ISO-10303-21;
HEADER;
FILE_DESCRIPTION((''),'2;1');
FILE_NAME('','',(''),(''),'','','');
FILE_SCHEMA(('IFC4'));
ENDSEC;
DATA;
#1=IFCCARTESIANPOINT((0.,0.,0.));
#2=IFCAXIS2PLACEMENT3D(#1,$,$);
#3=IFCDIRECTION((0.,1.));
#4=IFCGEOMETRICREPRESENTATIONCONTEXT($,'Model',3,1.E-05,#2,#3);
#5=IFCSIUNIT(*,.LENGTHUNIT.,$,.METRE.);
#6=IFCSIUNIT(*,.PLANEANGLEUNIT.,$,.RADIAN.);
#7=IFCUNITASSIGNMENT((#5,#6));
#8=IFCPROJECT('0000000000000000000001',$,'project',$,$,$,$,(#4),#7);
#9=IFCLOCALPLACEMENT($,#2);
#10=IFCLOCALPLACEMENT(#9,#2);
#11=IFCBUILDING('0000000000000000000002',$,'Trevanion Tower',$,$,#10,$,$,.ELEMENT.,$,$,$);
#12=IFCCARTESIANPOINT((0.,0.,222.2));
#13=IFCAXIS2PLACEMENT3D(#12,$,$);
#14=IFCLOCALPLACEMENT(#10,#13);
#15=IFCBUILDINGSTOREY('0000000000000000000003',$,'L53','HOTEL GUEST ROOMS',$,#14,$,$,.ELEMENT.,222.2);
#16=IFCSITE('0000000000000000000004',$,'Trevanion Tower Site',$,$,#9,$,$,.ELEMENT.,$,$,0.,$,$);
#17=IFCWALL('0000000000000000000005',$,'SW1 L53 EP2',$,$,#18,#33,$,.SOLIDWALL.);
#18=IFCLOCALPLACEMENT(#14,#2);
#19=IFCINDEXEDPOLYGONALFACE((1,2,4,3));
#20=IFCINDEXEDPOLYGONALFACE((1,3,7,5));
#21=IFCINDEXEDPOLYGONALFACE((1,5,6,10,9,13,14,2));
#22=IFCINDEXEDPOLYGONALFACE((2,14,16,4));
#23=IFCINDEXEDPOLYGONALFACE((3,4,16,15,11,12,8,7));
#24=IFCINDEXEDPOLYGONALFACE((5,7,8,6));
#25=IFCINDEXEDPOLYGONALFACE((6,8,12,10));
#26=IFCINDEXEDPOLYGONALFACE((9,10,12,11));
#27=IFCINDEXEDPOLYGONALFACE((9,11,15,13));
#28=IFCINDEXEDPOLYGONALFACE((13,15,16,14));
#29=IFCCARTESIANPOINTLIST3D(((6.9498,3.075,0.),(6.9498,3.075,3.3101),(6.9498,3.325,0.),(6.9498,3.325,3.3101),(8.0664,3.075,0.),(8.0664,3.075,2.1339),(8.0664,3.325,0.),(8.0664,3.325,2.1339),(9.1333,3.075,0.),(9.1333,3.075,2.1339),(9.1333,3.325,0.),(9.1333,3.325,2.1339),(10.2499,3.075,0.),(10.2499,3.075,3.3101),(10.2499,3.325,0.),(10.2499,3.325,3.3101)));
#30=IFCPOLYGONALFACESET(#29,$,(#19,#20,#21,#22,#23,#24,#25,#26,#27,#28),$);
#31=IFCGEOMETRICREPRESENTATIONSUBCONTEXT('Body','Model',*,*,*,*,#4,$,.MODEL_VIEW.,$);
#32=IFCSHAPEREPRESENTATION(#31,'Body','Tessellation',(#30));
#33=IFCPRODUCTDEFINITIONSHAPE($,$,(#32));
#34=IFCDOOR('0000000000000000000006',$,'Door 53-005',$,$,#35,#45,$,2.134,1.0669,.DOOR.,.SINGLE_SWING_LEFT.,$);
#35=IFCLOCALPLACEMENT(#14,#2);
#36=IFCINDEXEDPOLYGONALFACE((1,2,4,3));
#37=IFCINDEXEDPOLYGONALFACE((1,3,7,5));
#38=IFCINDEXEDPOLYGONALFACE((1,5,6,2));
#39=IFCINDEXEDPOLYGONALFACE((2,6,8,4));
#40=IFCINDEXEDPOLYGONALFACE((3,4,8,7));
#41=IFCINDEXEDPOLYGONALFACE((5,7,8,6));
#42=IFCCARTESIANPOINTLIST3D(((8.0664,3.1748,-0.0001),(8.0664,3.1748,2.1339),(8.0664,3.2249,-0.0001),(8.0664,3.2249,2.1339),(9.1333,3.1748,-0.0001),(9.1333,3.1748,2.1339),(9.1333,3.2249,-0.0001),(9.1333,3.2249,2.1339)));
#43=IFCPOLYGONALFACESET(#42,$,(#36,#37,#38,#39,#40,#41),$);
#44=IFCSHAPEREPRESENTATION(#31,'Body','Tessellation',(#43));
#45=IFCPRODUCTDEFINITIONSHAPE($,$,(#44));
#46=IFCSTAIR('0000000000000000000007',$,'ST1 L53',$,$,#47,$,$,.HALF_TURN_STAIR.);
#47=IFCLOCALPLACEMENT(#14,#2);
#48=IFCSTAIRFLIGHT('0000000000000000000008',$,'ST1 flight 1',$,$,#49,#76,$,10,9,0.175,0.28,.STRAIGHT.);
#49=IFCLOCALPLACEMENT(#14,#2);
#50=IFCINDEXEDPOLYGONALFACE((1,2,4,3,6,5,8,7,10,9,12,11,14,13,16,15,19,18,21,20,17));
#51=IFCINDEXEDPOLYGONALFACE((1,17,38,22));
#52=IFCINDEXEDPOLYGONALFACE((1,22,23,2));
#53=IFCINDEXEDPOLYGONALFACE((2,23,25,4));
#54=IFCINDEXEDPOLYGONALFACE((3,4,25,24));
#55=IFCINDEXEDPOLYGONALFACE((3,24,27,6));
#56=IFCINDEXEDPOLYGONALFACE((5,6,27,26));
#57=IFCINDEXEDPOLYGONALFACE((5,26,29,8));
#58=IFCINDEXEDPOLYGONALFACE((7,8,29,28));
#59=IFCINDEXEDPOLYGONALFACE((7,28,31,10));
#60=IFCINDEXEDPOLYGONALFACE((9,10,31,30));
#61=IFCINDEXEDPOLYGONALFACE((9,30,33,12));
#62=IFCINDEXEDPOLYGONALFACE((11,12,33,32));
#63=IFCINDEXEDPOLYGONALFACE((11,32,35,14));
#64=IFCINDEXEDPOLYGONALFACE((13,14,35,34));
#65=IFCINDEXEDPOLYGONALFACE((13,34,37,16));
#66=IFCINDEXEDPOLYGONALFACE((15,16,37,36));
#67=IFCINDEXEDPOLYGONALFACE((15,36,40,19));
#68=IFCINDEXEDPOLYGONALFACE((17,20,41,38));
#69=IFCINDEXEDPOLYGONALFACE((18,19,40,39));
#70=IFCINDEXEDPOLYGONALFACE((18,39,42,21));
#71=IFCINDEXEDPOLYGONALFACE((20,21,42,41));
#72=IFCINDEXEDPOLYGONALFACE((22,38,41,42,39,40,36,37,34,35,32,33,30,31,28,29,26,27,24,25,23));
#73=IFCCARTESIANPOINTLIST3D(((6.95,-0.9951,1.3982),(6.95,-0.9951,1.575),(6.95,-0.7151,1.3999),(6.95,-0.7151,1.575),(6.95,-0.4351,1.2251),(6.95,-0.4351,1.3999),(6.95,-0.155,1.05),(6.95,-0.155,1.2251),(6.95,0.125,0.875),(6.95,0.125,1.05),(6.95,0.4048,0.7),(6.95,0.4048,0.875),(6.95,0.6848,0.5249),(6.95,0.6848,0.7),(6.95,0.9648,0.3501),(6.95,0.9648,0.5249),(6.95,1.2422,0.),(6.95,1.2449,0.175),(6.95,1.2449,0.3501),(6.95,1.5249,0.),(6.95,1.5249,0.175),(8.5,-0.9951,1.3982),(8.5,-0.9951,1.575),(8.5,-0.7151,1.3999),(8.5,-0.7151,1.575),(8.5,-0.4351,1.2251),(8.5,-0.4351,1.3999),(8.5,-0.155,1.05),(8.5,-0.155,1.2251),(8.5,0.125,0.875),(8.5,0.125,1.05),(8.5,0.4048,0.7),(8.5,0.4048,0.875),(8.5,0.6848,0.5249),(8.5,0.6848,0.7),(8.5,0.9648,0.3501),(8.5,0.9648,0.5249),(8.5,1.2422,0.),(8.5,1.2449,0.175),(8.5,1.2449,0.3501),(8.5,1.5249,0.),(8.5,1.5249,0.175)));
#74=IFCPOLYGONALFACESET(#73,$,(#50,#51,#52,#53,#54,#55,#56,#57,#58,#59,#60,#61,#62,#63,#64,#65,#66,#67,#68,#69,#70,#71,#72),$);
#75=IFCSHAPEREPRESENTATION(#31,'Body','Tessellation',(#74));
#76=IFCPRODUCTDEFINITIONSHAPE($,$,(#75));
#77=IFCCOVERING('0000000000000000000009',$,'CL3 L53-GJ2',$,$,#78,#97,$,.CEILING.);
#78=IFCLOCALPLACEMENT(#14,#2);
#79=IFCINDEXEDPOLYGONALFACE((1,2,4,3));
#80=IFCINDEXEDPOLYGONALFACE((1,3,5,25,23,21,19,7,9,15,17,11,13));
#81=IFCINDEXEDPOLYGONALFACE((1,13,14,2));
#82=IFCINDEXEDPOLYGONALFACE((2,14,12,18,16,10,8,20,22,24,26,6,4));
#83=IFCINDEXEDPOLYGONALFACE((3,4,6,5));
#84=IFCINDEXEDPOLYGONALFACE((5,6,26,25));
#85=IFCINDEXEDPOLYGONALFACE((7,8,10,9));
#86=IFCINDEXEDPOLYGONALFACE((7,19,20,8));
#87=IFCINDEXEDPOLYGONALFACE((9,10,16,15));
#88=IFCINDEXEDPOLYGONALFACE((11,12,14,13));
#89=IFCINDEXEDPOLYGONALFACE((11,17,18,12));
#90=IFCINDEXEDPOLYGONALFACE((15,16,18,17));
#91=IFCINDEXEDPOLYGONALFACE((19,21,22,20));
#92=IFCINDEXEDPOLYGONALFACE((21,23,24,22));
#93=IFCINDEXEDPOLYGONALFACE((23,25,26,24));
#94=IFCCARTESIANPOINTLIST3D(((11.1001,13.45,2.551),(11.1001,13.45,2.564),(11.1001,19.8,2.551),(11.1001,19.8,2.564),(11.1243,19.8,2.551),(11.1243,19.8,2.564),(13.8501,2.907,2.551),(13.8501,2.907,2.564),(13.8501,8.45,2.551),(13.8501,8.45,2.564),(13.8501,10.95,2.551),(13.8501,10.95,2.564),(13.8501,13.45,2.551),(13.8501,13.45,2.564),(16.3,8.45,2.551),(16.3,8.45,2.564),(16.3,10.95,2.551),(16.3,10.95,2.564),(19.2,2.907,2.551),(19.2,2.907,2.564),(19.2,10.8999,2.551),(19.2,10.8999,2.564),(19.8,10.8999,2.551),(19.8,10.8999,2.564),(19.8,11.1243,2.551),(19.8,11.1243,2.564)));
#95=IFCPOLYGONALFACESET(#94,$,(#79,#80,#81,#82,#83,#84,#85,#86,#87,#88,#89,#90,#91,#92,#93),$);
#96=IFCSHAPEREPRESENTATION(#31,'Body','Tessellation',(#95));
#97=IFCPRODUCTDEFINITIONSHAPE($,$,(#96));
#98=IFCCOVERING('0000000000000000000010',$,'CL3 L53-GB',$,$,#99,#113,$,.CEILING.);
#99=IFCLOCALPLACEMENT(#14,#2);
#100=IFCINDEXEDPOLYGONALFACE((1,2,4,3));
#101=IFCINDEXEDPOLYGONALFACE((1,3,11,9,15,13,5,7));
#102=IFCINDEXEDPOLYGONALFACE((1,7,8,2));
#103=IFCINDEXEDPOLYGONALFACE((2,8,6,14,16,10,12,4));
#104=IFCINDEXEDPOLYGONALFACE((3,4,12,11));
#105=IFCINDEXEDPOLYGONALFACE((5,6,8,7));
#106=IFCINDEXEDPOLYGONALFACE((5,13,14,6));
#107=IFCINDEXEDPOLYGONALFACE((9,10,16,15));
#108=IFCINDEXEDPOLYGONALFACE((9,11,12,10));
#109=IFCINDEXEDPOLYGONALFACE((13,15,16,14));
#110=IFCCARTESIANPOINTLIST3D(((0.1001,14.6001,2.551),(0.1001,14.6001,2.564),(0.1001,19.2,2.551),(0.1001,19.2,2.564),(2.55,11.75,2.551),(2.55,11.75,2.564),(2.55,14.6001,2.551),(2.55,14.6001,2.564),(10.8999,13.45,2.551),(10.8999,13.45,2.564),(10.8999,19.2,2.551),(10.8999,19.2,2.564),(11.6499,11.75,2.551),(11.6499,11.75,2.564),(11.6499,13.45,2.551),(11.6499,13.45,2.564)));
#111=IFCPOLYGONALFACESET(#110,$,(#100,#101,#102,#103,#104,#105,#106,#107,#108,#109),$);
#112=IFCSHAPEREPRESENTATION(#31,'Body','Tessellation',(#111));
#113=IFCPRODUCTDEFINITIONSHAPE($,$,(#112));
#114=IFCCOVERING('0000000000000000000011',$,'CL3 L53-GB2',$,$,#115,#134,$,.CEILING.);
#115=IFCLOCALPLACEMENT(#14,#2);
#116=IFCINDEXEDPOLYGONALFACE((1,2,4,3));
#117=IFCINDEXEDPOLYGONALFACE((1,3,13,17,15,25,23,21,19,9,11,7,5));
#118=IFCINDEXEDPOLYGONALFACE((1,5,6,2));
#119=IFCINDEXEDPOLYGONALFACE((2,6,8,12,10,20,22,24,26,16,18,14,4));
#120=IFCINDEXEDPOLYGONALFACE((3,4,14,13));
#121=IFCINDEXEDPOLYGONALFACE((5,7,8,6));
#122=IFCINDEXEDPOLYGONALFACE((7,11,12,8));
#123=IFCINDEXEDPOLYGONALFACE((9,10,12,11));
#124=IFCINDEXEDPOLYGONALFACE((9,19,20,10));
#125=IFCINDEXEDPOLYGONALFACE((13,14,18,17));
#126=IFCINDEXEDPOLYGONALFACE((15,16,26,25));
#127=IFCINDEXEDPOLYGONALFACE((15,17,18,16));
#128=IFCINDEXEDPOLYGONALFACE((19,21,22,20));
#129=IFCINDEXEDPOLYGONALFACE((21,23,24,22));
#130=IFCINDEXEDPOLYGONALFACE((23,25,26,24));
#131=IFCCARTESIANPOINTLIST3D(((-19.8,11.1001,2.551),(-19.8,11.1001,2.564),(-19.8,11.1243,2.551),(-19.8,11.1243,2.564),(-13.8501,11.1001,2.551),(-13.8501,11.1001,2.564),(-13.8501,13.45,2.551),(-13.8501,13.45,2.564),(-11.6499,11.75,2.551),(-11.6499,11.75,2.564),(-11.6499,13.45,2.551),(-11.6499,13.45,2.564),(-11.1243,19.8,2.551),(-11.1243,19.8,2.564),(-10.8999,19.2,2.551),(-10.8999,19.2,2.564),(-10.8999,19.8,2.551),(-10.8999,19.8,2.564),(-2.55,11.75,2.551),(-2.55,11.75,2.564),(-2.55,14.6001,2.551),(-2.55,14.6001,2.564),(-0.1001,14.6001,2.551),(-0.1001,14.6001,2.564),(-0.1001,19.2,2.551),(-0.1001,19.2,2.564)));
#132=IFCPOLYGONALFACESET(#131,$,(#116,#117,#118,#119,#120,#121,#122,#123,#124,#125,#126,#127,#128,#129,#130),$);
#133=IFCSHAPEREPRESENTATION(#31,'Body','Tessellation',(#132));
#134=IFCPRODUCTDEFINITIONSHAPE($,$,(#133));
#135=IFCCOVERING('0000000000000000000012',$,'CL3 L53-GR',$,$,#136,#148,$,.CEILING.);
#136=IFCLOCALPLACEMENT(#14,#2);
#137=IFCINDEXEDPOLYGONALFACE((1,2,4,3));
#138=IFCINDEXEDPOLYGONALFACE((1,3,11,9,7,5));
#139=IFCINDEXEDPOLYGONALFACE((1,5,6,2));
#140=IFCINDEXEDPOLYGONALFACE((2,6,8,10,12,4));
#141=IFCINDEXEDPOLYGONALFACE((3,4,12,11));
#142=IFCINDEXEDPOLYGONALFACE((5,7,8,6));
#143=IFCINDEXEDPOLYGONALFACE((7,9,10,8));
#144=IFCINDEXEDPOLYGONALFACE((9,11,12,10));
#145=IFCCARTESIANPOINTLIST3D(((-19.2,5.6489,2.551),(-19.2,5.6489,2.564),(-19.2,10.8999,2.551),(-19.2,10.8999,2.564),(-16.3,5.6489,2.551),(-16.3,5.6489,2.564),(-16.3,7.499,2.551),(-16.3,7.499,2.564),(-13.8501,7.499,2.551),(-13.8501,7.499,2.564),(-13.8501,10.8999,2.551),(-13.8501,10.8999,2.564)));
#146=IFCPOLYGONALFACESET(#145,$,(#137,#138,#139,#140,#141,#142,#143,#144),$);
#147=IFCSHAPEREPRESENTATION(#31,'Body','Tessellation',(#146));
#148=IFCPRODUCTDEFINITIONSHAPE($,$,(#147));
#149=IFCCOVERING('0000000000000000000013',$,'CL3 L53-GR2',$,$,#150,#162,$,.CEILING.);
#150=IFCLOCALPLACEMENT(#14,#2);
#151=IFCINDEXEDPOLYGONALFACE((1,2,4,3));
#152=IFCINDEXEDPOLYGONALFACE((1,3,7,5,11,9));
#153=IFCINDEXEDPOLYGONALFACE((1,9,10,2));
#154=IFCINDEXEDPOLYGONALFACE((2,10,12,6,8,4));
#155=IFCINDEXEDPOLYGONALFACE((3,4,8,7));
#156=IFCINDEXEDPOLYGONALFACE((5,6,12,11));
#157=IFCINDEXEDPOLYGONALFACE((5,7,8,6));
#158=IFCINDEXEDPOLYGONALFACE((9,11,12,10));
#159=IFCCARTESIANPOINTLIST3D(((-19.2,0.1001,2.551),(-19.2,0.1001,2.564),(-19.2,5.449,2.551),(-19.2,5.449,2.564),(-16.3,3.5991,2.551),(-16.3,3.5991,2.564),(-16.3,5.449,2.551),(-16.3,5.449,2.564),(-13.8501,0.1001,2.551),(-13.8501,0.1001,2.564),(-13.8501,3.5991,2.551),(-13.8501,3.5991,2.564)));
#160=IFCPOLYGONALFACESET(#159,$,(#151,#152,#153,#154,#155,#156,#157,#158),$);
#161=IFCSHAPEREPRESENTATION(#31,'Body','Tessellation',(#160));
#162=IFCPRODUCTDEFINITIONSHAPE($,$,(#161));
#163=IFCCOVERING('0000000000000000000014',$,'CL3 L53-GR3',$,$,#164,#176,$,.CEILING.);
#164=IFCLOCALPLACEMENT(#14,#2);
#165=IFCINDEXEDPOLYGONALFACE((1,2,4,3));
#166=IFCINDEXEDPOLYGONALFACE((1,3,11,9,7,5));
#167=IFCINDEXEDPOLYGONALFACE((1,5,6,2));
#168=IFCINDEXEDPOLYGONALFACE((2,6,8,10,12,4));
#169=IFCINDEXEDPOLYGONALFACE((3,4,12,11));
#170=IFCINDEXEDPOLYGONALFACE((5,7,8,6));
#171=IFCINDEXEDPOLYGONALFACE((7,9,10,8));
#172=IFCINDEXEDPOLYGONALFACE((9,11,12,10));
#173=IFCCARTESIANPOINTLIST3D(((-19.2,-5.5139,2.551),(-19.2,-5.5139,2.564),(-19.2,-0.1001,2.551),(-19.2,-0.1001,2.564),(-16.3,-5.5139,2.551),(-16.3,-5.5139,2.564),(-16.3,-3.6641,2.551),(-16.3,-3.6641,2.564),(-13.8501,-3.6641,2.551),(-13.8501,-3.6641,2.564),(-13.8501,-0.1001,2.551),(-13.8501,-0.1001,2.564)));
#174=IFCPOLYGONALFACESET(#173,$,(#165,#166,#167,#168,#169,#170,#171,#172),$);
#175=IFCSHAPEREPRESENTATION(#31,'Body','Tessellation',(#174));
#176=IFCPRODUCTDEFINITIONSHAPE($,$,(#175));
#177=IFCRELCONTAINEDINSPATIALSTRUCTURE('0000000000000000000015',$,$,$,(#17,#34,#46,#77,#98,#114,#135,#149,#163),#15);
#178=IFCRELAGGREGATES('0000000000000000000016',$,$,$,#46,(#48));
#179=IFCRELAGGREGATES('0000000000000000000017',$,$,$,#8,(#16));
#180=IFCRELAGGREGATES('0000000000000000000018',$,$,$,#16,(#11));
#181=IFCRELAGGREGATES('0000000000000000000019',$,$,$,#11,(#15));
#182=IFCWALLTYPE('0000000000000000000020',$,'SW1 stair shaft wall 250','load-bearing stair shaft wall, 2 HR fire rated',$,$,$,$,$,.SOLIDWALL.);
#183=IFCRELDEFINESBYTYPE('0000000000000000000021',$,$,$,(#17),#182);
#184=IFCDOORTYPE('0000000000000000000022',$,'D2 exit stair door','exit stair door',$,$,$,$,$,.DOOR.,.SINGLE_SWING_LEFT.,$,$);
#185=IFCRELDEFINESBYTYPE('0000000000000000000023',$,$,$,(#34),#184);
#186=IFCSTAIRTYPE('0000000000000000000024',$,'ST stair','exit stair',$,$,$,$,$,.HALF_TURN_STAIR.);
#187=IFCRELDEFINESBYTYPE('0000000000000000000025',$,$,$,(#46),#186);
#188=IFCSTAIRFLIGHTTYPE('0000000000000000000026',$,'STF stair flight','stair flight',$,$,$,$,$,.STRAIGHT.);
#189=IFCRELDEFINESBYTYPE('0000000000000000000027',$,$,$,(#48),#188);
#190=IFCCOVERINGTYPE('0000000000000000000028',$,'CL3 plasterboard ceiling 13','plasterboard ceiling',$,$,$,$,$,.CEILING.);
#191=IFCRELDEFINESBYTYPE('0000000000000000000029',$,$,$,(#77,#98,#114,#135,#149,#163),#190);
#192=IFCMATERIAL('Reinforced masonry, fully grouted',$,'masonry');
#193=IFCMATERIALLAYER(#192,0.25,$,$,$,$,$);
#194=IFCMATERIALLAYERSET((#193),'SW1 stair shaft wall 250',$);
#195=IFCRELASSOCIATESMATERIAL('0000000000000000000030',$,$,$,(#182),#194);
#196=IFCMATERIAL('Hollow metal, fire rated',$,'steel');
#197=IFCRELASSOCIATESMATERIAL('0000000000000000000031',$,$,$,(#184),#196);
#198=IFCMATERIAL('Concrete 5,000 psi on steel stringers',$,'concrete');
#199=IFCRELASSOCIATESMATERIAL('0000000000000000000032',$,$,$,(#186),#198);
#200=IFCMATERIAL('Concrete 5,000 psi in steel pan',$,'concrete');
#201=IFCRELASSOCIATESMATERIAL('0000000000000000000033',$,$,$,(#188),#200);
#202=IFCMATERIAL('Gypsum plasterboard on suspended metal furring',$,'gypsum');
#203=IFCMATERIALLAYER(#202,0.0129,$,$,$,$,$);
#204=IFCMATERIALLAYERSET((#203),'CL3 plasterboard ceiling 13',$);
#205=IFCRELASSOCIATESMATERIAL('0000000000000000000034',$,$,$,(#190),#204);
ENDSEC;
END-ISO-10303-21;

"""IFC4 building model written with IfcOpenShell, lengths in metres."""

from ifc_helpers import new_model, si_unit, direction, frame, frame_2d, origin, place, context, subcontext, project, spatial, polyline, rectangle, outline, extrude, material, layer, layer_set, type_object, element, fill, aggregate, save


model = new_model("IFC4")

# Units and contexts
model_context = context("Model", 3, precision=1e-05, world=origin(), true_north=direction((0.0, 1.0)))
body_context = subcontext(model_context, "Body", "Model", "MODEL_VIEW")
ifc_project = project(units=[si_unit("LENGTHUNIT", "METRE"), si_unit("PLANEANGLEUNIT", "RADIAN")], contexts=[model_context])

# Site, building, storey
site_placement = place(None, origin())
site = spatial("IfcSite", under=ifc_project, at=site_placement, Name="Trevanion Tower Site", CompositionType="ELEMENT", RefElevation=0.0)
building_placement = place(site_placement, origin())
building = spatial("IfcBuilding", under=site, at=building_placement, Name="Trevanion Tower", CompositionType="ELEMENT")
storey_placement = place(building_placement, frame((0.0, 0.0, 222.2)))
storey = spatial("IfcBuildingStorey", under=building, at=storey_placement, Name="L53", Description="HOTEL GUEST ROOMS", CompositionType="ELEMENT", Elevation=222.2)

# Wall, opening, door
ifc_material_1 = material(Name="Reinforced masonry, fully grouted", Category="masonry")
ifc_layer_1 = layer(ifc_material_1, 0.25)
ifc_layer_set_1 = layer_set([ifc_layer_1], Name="SW1 stair shaft wall 250")
wall_type_1 = type_object("IfcWallType", Name="SW1 stair shaft wall 250", Description="load-bearing stair shaft wall, 2 HR fire rated", PredefinedType="SOLIDWALL", material=ifc_layer_set_1)
wall_1_placement = place(storey_placement, frame((6.95, 3.2, 0.0), z_axis=(0.0, 0.0, 1.0), x_axis=(1.0, 0.0, 0.0)))
wall_1 = element("IfcWall", 1, at=wall_1_placement, inside=storey, type_object=wall_type_1, Name="SW1 L53 EP2", PredefinedType="SOLIDWALL", context=body_context, shape_type="SweptSolid", body=[
    extrude(rectangle(XDim=3.3, YDim=0.25, at=frame_2d((1.6499, 0.0))), origin(), (0.0, 0.0, 1.0), 3.3101),
])
opening_1_placement = place(wall_1_placement, frame((1.1165, 0.0, 0.0)))
opening_1 = element("IfcOpeningElement", 2, at=opening_1_placement, cuts=wall_1, PredefinedType="OPENING", context=body_context, shape_type="SweptSolid", body=[
    extrude(rectangle(XDim=1.0669, YDim=2.134, at=frame_2d((0.5334, 1.0669))), frame((0.0, 0.135, 0.0), z_axis=(0.0, -1.0, 0.0), x_axis=(1.0, 0.0, 0.0)), (0.0, 0.0, 1.0), 0.27),
])
ifc_material_2 = material(Name="Hollow metal, fire rated", Category="steel")
door_type_1 = type_object("IfcDoorType", Name="D2 exit stair door", Description="exit stair door", OperationType="SINGLE_SWING_LEFT", PredefinedType="DOOR", material=ifc_material_2)
door_1_placement = place(opening_1_placement, origin())
door_1 = element("IfcDoor", 3, at=door_1_placement, inside=storey, type_object=door_type_1, Name="Door 53-005", OperationType="SINGLE_SWING_LEFT", OverallHeight=2.134, OverallWidth=1.0669, PredefinedType="DOOR", context=body_context, shape_type="SweptSolid", body=[
    extrude(rectangle(XDim=1.0669, YDim=2.134, at=frame_2d((0.5334, 1.0669))), frame((0.0, 0.0249, 0.0), z_axis=(0.0, -1.0, 0.0), x_axis=(1.0, 0.0, 0.0)), (0.0, 0.0, 1.0), 0.05),
])
fill(opening_1, door_1)

# Stair, stair flight
ifc_material_3 = material(Name="Concrete 5,000 psi on steel stringers", Category="concrete")
stair_type = type_object("IfcStairType", Name="ST stair", Description="exit stair", PredefinedType="HALF_TURN_STAIR", material=ifc_material_3)
stair_placement = place(storey_placement, origin())
stair = element("IfcStair", 4, at=stair_placement, inside=storey, type_object=stair_type, Name="ST1 L53", PredefinedType="HALF_TURN_STAIR")
ifc_material_4 = material(Name="Concrete 5,000 psi in steel pan", Category="concrete")
stair_flight_type = type_object("IfcStairFlightType", Name="STF stair flight", Description="stair flight", PredefinedType="STRAIGHT", material=ifc_material_4)
stair_flight_placement = place(storey_placement, frame((7.7251, 1.5249, 0.0), z_axis=(0.0, 0.0, 1.0), x_axis=(0.0, -1.0, 0.0)))
stair_flight = element("IfcStairFlight", 5, at=stair_flight_placement, type_object=stair_flight_type, Name="ST1 flight 1", NumberOfRisers=10, NumberOfTreads=9, PredefinedType="STRAIGHT", RiserHeight=0.175, TreadLength=0.28, context=body_context, shape_type="SweptSolid", body=[
    extrude(outline(polyline([(0.0, 0.0), (0.0, 0.175), (0.28, 0.175), (0.28, 0.3501), (0.5601, 0.3501), (0.5601, 0.5249), (0.8401, 0.5249), (0.8401, 0.7), (1.1201, 0.7), (1.1201, 0.875), (1.3999, 0.875), (1.3999, 1.05), (1.6799, 1.05), (1.6799, 1.2251), (1.96, 1.2251), (1.96, 1.3999), (2.24, 1.3999), (2.24, 1.575), (2.52, 1.575), (2.52, 1.75), (2.52, 1.3982), (0.2827, 0.0), (0.0, 0.0)])), frame((0.0, 0.7749, 0.0), z_axis=(0.0, -1.0, 0.0), x_axis=(1.0, 0.0, 0.0)), (0.0, 0.0, 1.0), 1.55),
])
aggregate(stair, [stair_flight])

# Coverings
ifc_material_5 = material(Name="Gypsum plasterboard on suspended metal furring", Category="gypsum")
ifc_layer_2 = layer(ifc_material_5, 0.0129)
ifc_layer_set_2 = layer_set([ifc_layer_2], Name="CL3 plasterboard ceiling 13")
covering_type_1 = type_object("IfcCoveringType", Name="CL3 plasterboard ceiling 13", Description="plasterboard ceiling", PredefinedType="CEILING", material=ifc_layer_set_2)
covering_1_placement = place(storey_placement, frame((0.0, 0.0, 2.551)))
element("IfcCovering", 6, at=covering_1_placement, inside=storey, type_object=covering_type_1, Name="CL3 L53-GJ2", PredefinedType="CEILING", context=body_context, shape_type="SweptSolid", body=[
    extrude(outline(polyline([(11.1001, 13.45), (11.1001, 19.8), (11.1243, 19.8), (19.8, 11.1243), (19.8, 10.8999), (19.2, 10.8999), (19.2, 2.907), (13.8501, 2.907), (13.8501, 8.45), (16.3, 8.45), (16.3, 10.95), (13.8501, 10.95), (13.8501, 13.45), (11.1001, 13.45)])), origin(), (0.0, 0.0, 1.0), 0.0129),
])
covering_2_placement = place(storey_placement, frame((0.0, 0.0, 2.551)))
element("IfcCovering", 7, at=covering_2_placement, inside=storey, type_object=covering_type_1, Name="CL3 L53-GB", PredefinedType="CEILING", context=body_context, shape_type="SweptSolid", body=[
    extrude(outline(polyline([(0.1001, 19.2), (10.8999, 19.2), (10.8999, 13.45), (11.6499, 13.45), (11.6499, 11.75), (2.55, 11.75), (2.55, 14.6001), (0.1001, 14.6001), (0.1001, 19.2)])), origin(), (0.0, 0.0, 1.0), 0.0129),
])
covering_3_placement = place(storey_placement, frame((0.0, 0.0, 2.551)))
element("IfcCovering", 8, at=covering_3_placement, inside=storey, type_object=covering_type_1, Name="CL3 L53-GB2", PredefinedType="CEILING", context=body_context, shape_type="SweptSolid", body=[
    extrude(outline(polyline([(-13.8501, 11.1001), (-19.8, 11.1001), (-19.8, 11.1243), (-11.1243, 19.8), (-10.8999, 19.8), (-10.8999, 19.2), (-0.1001, 19.2), (-0.1001, 14.6001), (-2.55, 14.6001), (-2.55, 11.75), (-11.6499, 11.75), (-11.6499, 13.45), (-13.8501, 13.45), (-13.8501, 11.1001)])), origin(), (0.0, 0.0, 1.0), 0.0129),
])
covering_4_placement = place(storey_placement, frame((0.0, 0.0, 2.551)))
element("IfcCovering", 9, at=covering_4_placement, inside=storey, type_object=covering_type_1, Name="CL3 L53-GR", PredefinedType="CEILING", context=body_context, shape_type="SweptSolid", body=[
    extrude(outline(polyline([(-13.8501, 7.499), (-16.3, 7.499), (-16.3, 5.6489), (-19.2, 5.6489), (-19.2, 10.8999), (-13.8501, 10.8999), (-13.8501, 7.499)])), origin(), (0.0, 0.0, 1.0), 0.0129),
])
covering_5_placement = place(storey_placement, frame((0.0, 0.0, 2.551)))
element("IfcCovering", 10, at=covering_5_placement, inside=storey, type_object=covering_type_1, Name="CL3 L53-GR2", PredefinedType="CEILING", context=body_context, shape_type="SweptSolid", body=[
    extrude(outline(polyline([(-13.8501, 0.1001), (-19.2, 0.1001), (-19.2, 5.449), (-16.3, 5.449), (-16.3, 3.5991), (-13.8501, 3.5991), (-13.8501, 0.1001)])), origin(), (0.0, 0.0, 1.0), 0.0129),
])
covering_6_placement = place(storey_placement, frame((0.0, 0.0, 2.551)))
element("IfcCovering", 11, at=covering_6_placement, inside=storey, type_object=covering_type_1, Name="CL3 L53-GR3", PredefinedType="CEILING", context=body_context, shape_type="SweptSolid", body=[
    extrude(outline(polyline([(-13.8501, -3.6641), (-16.3, -3.6641), (-16.3, -5.5139), (-19.2, -5.5139), (-19.2, -0.1001), (-13.8501, -0.1001), (-13.8501, -3.6641)])), origin(), (0.0, 0.0, 1.0), 0.0129),
])

save(model, "model.ifc")
